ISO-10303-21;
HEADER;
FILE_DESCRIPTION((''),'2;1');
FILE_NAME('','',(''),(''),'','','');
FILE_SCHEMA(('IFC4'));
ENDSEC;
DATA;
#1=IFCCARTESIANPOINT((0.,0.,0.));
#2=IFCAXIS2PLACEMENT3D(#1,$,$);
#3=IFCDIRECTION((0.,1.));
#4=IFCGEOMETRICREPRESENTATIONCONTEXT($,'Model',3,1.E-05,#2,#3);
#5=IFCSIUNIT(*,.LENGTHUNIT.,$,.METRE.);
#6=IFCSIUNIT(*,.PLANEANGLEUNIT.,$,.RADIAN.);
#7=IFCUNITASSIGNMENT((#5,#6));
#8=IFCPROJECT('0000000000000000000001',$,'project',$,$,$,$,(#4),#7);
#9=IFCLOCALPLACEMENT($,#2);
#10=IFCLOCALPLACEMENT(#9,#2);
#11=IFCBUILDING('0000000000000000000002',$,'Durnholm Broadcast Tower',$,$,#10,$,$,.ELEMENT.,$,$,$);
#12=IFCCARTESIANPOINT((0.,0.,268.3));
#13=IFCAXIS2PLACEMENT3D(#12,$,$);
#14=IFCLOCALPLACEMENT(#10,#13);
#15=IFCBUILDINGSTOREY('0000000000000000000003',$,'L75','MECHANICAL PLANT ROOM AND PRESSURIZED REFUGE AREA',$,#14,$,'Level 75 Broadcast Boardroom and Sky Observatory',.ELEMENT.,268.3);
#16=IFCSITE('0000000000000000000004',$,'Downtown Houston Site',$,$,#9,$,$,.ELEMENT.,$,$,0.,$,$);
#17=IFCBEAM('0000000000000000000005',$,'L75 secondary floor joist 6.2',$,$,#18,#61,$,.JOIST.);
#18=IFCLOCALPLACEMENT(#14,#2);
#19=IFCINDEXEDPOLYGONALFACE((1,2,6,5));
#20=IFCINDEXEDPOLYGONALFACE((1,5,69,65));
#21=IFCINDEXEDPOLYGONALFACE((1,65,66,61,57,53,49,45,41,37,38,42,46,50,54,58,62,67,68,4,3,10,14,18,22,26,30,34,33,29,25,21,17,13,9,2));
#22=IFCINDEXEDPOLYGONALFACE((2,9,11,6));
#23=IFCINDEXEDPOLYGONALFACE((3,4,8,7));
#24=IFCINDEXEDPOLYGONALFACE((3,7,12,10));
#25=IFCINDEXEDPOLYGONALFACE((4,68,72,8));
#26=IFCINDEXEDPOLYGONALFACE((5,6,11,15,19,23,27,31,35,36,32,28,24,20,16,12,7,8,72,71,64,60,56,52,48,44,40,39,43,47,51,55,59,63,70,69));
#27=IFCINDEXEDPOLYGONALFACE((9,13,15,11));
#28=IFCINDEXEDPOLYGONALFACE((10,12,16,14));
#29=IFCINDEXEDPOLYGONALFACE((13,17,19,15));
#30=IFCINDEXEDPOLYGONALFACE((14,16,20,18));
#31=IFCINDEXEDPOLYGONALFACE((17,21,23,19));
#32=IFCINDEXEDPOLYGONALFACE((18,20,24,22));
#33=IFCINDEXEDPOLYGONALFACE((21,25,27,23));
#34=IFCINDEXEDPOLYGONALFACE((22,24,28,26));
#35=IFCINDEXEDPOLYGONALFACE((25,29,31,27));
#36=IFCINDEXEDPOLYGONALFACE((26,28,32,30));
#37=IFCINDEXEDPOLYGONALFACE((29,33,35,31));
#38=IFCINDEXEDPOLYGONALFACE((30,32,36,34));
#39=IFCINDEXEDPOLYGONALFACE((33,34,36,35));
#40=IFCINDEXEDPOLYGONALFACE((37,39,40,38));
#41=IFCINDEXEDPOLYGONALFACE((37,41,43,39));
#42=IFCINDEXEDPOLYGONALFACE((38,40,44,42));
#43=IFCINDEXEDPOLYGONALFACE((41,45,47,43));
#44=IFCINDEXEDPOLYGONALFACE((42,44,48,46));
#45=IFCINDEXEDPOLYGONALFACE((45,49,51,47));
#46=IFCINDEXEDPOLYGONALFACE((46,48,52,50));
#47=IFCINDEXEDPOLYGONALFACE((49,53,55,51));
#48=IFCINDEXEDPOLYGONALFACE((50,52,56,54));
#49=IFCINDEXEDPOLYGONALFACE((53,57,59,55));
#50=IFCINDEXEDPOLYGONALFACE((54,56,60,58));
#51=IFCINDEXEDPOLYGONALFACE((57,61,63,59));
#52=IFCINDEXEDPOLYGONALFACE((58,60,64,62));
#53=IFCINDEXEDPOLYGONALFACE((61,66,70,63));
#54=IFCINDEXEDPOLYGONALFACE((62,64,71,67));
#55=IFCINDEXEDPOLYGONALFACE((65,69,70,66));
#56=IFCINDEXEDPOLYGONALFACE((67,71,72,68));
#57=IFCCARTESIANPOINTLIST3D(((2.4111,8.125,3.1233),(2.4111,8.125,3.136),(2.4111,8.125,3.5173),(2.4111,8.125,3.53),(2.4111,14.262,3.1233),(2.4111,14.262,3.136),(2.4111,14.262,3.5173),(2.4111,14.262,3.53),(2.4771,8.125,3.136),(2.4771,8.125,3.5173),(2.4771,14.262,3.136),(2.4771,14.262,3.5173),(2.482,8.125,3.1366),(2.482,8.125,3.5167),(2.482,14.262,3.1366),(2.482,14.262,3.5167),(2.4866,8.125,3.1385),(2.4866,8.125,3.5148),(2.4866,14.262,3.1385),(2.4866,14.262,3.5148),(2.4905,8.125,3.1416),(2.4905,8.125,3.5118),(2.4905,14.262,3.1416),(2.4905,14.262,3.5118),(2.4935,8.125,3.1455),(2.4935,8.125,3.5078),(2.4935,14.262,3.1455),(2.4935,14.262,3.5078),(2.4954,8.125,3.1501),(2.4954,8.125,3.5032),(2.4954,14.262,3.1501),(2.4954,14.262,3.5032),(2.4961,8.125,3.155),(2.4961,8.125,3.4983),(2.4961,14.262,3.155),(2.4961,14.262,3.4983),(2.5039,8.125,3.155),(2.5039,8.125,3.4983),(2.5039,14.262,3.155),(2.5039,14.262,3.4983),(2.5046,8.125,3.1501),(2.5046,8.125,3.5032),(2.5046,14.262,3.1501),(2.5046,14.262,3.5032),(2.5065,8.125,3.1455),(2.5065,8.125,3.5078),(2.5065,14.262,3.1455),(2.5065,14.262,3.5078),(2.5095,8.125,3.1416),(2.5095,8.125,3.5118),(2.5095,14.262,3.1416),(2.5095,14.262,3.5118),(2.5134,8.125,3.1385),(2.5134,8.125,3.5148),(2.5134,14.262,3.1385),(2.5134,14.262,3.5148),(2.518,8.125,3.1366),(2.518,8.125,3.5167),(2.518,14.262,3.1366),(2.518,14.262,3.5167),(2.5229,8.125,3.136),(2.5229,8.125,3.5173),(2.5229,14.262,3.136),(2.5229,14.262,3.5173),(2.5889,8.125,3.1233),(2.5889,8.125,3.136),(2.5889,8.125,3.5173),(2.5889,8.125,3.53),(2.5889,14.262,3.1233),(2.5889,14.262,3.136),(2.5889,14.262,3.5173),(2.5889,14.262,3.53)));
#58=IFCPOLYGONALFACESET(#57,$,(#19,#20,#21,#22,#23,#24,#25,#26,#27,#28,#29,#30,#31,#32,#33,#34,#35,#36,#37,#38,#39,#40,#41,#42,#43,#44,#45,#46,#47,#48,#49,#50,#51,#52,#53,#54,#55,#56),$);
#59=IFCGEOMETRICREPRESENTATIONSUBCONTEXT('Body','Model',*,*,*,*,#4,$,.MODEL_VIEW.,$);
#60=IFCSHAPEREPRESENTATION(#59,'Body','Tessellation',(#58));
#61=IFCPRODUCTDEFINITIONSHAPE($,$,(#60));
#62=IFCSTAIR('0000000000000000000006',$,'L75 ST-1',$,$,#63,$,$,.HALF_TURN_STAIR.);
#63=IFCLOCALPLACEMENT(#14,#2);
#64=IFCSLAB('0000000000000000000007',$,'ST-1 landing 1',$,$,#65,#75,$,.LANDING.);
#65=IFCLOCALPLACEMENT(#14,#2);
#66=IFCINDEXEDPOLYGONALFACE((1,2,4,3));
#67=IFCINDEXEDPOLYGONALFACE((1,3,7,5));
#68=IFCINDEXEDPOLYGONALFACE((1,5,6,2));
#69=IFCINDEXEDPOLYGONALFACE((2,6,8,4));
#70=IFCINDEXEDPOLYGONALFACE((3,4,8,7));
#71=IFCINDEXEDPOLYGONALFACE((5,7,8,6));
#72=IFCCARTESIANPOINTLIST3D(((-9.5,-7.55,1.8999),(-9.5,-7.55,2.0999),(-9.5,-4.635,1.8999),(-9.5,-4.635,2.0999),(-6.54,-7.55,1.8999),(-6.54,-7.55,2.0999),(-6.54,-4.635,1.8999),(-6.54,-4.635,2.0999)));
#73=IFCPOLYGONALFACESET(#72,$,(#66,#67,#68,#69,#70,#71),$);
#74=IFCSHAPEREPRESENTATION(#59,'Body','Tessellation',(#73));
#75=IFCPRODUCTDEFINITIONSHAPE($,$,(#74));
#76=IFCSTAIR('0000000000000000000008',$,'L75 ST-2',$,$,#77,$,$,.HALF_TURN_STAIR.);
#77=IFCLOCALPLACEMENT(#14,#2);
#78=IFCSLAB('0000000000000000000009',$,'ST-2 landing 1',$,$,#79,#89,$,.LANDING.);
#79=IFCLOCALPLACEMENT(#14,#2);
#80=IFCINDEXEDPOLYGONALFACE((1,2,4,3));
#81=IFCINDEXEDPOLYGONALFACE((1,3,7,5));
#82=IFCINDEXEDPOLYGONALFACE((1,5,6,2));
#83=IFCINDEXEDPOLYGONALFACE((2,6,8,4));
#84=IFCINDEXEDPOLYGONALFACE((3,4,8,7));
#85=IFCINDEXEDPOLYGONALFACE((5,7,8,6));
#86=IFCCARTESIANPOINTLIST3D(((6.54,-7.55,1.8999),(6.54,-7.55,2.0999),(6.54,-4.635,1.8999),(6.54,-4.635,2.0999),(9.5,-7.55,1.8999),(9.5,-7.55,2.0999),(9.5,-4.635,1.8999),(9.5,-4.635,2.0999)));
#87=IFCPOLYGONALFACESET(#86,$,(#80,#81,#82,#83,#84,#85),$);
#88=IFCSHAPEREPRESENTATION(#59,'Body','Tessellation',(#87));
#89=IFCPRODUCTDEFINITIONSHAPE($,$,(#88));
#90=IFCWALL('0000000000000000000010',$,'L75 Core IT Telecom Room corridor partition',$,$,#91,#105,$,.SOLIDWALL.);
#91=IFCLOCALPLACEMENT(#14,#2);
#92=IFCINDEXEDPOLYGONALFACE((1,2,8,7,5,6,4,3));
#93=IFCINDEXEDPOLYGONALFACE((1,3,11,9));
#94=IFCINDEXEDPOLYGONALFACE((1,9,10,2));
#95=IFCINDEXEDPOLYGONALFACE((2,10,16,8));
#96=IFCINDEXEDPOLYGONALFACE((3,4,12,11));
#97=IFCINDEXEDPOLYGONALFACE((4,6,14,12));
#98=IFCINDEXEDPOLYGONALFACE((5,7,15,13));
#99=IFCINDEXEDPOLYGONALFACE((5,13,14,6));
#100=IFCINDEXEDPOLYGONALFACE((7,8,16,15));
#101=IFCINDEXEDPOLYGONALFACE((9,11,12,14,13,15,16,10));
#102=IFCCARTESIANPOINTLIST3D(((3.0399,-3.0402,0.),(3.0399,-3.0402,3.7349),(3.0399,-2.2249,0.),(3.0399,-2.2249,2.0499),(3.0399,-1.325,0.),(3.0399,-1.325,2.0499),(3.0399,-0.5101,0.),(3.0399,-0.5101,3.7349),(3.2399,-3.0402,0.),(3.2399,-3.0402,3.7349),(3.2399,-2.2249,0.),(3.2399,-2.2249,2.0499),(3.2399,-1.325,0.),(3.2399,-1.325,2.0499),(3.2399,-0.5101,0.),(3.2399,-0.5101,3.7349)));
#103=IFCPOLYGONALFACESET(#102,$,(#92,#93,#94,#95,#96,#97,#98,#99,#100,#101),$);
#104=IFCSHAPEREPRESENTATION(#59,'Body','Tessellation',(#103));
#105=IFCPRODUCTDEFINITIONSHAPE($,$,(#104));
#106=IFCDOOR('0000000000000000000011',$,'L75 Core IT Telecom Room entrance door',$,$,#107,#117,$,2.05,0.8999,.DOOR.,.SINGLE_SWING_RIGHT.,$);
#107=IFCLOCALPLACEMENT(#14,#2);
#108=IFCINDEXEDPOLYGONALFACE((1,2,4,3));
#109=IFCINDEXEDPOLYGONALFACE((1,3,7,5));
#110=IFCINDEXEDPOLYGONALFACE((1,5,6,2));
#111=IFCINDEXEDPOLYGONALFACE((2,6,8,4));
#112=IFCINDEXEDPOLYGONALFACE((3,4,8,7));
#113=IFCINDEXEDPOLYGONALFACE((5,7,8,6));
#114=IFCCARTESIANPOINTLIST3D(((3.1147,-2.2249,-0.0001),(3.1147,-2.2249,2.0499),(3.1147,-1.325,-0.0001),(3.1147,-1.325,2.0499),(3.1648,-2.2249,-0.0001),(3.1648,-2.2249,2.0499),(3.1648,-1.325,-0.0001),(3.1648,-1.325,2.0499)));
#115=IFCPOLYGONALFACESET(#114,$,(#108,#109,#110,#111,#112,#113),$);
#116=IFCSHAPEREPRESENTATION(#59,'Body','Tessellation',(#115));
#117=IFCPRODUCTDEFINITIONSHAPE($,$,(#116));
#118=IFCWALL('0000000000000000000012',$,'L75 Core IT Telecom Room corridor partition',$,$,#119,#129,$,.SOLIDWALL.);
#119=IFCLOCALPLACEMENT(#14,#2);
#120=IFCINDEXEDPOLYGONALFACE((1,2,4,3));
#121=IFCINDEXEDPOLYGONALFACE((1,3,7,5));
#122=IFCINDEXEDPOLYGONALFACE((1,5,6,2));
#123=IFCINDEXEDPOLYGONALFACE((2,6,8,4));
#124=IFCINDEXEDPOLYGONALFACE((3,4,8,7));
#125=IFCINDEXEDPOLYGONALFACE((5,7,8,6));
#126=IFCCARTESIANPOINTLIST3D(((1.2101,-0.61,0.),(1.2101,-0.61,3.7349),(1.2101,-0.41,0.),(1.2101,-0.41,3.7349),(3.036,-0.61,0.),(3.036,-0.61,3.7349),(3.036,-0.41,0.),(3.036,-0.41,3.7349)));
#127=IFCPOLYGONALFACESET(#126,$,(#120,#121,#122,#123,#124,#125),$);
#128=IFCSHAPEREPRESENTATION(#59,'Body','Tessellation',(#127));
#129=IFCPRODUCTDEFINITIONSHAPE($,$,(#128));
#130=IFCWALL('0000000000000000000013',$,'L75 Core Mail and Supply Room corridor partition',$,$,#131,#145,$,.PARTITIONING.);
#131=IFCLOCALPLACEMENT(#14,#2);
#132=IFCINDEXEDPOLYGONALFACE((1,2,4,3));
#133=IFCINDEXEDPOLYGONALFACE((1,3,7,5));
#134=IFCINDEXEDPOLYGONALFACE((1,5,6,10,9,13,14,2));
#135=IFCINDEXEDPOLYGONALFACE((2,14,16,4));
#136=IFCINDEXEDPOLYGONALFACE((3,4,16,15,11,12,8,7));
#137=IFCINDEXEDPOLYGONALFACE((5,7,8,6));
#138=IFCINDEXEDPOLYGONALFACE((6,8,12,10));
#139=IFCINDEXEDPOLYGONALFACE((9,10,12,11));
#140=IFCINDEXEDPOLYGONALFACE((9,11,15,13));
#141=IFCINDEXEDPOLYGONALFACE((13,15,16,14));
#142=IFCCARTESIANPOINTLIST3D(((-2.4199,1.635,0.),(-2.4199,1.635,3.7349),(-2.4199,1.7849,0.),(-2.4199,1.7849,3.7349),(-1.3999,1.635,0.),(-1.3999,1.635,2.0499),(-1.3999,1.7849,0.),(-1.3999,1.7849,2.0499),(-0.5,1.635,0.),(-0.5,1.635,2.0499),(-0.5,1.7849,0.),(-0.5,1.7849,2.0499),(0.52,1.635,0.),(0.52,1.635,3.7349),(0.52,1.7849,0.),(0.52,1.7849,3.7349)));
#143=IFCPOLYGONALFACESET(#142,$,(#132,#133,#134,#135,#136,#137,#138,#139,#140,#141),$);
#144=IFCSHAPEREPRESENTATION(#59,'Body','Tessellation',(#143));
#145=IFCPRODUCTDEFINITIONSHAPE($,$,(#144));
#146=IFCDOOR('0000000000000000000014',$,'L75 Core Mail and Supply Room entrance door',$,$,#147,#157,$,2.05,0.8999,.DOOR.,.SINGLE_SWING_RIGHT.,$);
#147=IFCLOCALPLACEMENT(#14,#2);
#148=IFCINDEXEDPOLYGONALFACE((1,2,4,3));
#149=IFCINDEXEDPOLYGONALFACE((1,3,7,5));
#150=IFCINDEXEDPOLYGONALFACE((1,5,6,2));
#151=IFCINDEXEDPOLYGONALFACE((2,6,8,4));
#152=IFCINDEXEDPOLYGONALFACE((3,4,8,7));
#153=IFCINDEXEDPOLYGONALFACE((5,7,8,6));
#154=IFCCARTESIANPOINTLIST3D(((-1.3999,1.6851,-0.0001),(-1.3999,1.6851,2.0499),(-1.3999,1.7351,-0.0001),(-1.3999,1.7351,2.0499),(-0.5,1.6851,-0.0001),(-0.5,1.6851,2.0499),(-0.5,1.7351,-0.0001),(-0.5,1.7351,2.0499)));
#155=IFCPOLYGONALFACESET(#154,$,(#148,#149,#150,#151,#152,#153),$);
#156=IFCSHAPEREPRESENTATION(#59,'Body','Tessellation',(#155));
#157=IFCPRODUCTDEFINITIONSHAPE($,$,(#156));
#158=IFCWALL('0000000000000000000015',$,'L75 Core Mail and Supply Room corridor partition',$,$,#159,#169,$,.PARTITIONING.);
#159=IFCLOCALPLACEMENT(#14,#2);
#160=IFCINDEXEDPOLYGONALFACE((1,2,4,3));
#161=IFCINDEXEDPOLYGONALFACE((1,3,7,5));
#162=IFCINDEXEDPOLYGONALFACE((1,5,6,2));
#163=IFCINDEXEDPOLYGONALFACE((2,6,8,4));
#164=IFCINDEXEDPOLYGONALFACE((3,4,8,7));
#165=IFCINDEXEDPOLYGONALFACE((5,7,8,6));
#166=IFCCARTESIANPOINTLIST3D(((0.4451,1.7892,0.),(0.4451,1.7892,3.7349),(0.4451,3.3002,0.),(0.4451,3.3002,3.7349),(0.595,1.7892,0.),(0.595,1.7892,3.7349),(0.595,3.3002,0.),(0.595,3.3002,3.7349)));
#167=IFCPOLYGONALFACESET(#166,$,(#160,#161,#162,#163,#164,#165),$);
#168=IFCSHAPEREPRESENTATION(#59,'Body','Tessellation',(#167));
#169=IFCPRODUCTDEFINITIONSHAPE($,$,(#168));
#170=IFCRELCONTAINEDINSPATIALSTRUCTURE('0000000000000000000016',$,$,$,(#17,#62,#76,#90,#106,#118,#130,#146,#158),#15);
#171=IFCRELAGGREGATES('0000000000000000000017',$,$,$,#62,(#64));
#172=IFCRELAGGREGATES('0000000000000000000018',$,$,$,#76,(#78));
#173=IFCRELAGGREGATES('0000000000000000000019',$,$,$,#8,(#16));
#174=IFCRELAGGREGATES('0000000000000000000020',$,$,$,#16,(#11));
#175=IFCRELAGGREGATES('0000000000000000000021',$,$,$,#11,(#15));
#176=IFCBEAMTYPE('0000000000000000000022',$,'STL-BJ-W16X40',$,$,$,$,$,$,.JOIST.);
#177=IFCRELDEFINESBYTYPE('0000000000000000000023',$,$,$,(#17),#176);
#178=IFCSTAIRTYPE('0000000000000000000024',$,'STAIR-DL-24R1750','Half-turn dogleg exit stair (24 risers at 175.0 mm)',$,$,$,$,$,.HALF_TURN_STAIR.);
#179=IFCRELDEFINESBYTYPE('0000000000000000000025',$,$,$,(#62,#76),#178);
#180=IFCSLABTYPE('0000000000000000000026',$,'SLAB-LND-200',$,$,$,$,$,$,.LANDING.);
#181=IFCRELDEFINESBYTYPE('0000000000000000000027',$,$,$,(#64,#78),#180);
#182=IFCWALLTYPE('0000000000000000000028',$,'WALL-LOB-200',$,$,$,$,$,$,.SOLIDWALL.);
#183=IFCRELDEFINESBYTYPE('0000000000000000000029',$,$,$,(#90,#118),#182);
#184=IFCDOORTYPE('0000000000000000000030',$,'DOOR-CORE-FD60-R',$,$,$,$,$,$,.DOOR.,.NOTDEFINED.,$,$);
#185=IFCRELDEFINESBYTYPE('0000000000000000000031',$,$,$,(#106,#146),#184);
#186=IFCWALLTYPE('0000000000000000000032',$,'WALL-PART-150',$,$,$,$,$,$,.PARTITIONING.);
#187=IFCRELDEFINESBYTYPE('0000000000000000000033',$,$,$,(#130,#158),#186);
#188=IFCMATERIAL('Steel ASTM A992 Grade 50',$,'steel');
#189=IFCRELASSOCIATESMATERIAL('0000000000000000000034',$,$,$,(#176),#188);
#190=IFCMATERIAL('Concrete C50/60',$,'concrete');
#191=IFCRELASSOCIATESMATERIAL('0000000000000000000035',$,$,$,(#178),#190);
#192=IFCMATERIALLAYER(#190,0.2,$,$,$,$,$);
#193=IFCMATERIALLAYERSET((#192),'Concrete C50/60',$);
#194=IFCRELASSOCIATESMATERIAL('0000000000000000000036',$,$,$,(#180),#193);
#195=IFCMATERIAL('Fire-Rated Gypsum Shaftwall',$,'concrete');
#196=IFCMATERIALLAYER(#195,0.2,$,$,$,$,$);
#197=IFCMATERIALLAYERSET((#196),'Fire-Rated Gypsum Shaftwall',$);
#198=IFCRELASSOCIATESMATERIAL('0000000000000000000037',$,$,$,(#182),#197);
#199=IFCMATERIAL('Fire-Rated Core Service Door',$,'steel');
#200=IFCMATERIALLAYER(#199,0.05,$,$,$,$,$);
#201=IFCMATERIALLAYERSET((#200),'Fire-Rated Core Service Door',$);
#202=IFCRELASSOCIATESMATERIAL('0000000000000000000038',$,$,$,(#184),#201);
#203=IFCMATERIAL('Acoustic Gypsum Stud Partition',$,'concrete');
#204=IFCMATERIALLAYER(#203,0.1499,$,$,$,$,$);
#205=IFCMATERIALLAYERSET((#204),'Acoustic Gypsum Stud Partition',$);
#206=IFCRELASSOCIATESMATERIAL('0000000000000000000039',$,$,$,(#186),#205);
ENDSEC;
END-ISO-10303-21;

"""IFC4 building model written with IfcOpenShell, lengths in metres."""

from ifc_helpers import new_model, si_unit, direction, frame, frame_2d, origin, origin_2d, place, context, subcontext, project, spatial, polyline, rectangle, i_section, outline, extrude, source, transform, mapped, material, layer, layer_set, material_profile, profile_set, type_object, type_shapes, element, fill, aggregate, save


model = new_model("IFC4")

# Units and contexts
model_context = context("Model", 3, precision=1e-05, world=origin(), true_north=direction((0.0, 1.0)))
body_context = subcontext(model_context, "Body", "Model", "MODEL_VIEW")
ifc_project = project(units=[si_unit("LENGTHUNIT", "METRE"), si_unit("PLANEANGLEUNIT", "RADIAN")], contexts=[model_context])

# Site, building, storey
site_placement = place(None, origin())
site = spatial("IfcSite", under=ifc_project, at=site_placement, Name="Downtown Houston Site", CompositionType="ELEMENT", RefElevation=0.0)
building_placement = place(site_placement, origin())
building = spatial("IfcBuilding", under=site, at=building_placement, Name="Durnholm Broadcast Tower", CompositionType="ELEMENT")
storey_placement = place(building_placement, frame((0.0, 0.0, 268.3)))
storey = spatial("IfcBuildingStorey", under=building, at=storey_placement, Name="L75", Description="MECHANICAL PLANT ROOM AND PRESSURIZED REFUGE AREA", LongName="Level 75 Broadcast Boardroom and Sky Observatory", CompositionType="ELEMENT", Elevation=268.3)

# Beam
ifc_material_1 = material(Name="Steel ASTM A992 Grade 50", Category="steel")
ifc_material_profile = material_profile(ifc_material_1, i_section(OverallWidth=0.1777, OverallDepth=0.4067, WebThickness=0.0078, FlangeThickness=0.0127, FilletRadius=0.019, at=origin_2d()), Name="W16X40")
ifc_profile_set = profile_set([ifc_material_profile], Name="Steel ASTM A992 Grade 50")
beam_type = type_object("IfcBeamType", Name="STL-BJ-W16X40", PredefinedType="JOIST", material=ifc_profile_set)
shared_shape_1 = source(origin(), body_context, "Body", "SweptSolid", [
    extrude(i_section(OverallWidth=0.1777, OverallDepth=0.4067, WebThickness=0.0078, FlangeThickness=0.0127, FilletRadius=0.019, at=origin_2d()), origin(), (0.0, 0.0, 1.0), 6.137),
])
type_shapes(beam_type, [shared_shape_1])
beam_placement = place(storey_placement, frame((2.5, 8.125, 3.3267), z_axis=(0.0, 1.0, 0.0), x_axis=(-1.0, 0.0, 0.0)))
element("IfcBeam", 1, at=beam_placement, inside=storey, type_object=beam_type, Name="L75 secondary floor joist 6.2", PredefinedType="JOIST", context=body_context, shape_type="MappedRepresentation", body=[
    mapped(shared_shape_1, transform((0.0, 0.0, 0.0), x_axis=(1.0, 0.0, 0.0), y_axis=(0.0, 1.0, 0.0), z_axis=(0.0, 0.0, 1.0), scale=1.0)),
])

# Stairs, slabs
ifc_material_2 = material(Name="Concrete C50/60", Category="concrete")
stair_type = type_object("IfcStairType", Name="STAIR-DL-24R1750", Description="Half-turn dogleg exit stair (24 risers at 175.0 mm)", PredefinedType="HALF_TURN_STAIR", material=ifc_material_2)
stair_1_placement = place(storey_placement, origin())
stair_1 = element("IfcStair", 2, at=stair_1_placement, inside=storey, type_object=stair_type, Name="L75 ST-1", PredefinedType="HALF_TURN_STAIR")
ifc_layer_1 = layer(ifc_material_2, 0.2)
ifc_layer_set_1 = layer_set([ifc_layer_1], Name="Concrete C50/60")
slab_type = type_object("IfcSlabType", Name="SLAB-LND-200", PredefinedType="LANDING", material=ifc_layer_set_1)
slab_1_placement = place(storey_placement, frame((0.0, 0.0, 1.8999)))
slab_1 = element("IfcSlab", 3, at=slab_1_placement, type_object=slab_type, Name="ST-1 landing 1", PredefinedType="LANDING", context=body_context, shape_type="SweptSolid", body=[
    extrude(outline(polyline([(-9.5, -4.635), (-9.5, -7.55), (-6.54, -7.55), (-6.54, -4.635), (-9.5, -4.635)])), origin(), (0.0, 0.0, 1.0), 0.2),
])
aggregate(stair_1, [slab_1])
stair_2_placement = place(storey_placement, origin())
stair_2 = element("IfcStair", 4, at=stair_2_placement, inside=storey, type_object=stair_type, Name="L75 ST-2", PredefinedType="HALF_TURN_STAIR")
slab_2_placement = place(storey_placement, frame((0.0, 0.0, 1.8999)))
slab_2 = element("IfcSlab", 5, at=slab_2_placement, type_object=slab_type, Name="ST-2 landing 1", PredefinedType="LANDING", context=body_context, shape_type="SweptSolid", body=[
    extrude(outline(polyline([(6.54, -4.635), (6.54, -7.55), (9.5, -7.55), (9.5, -4.635), (6.54, -4.635)])), origin(), (0.0, 0.0, 1.0), 0.2),
])
aggregate(stair_2, [slab_2])

# Wall, opening, door
ifc_material_3 = material(Name="Fire-Rated Gypsum Shaftwall", Category="concrete")
ifc_layer_2 = layer(ifc_material_3, 0.2)
ifc_layer_set_2 = layer_set([ifc_layer_2], Name="Fire-Rated Gypsum Shaftwall")
wall_type_1 = type_object("IfcWallType", Name="WALL-LOB-200", PredefinedType="SOLIDWALL", material=ifc_layer_set_2)
wall_1_placement = place(storey_placement, frame((3.1399, -0.51, 0.0), z_axis=(0.0, 0.0, 1.0), x_axis=(0.0, -1.0, 0.0)))
wall_1 = element("IfcWall", 6, at=wall_1_placement, inside=storey, type_object=wall_type_1, Name="L75 Core IT Telecom Room corridor partition", PredefinedType="SOLIDWALL", context=body_context, shape_type="SweptSolid", body=[
    extrude(rectangle(XDim=2.53, YDim=0.2, at=frame_2d((1.2651, 0.0))), origin(), (0.0, 0.0, 1.0), 3.7349),
])
opening_1_placement = place(wall_1_placement, frame((0.8149, 0.0, 0.0)))
opening_1 = element("IfcOpeningElement", 7, at=opening_1_placement, cuts=wall_1, PredefinedType="OPENING", context=body_context, shape_type="SweptSolid", body=[
    extrude(rectangle(XDim=0.8999, YDim=2.05, at=frame_2d((0.45, 1.0249))), frame((0.0, 0.1099, 0.0), z_axis=(0.0, -1.0, 0.0), x_axis=(1.0, 0.0, 0.0)), (0.0, 0.0, 1.0), 0.22),
])
ifc_material_4 = material(Name="Fire-Rated Core Service Door", Category="steel")
ifc_layer_3 = layer(ifc_material_4, 0.05)
ifc_layer_set_3 = layer_set([ifc_layer_3], Name="Fire-Rated Core Service Door")
door_type_1 = type_object("IfcDoorType", Name="DOOR-CORE-FD60-R", OperationType="NOTDEFINED", PredefinedType="DOOR", material=ifc_layer_set_3)
shared_shape_2 = source(origin(), body_context, "Body", "SweptSolid", [
    extrude(rectangle(XDim=0.8999, YDim=2.05, at=frame_2d((0.45, 1.0249))), frame((0.0, 0.0249, 0.0), z_axis=(0.0, -1.0, 0.0), x_axis=(1.0, 0.0, 0.0)), (0.0, 0.0, 1.0), 0.05),
])
type_shapes(door_type_1, [shared_shape_2])
door_1_placement = place(opening_1_placement, origin())
door_1 = element("IfcDoor", 8, at=door_1_placement, inside=storey, type_object=door_type_1, Name="L75 Core IT Telecom Room entrance door", OperationType="SINGLE_SWING_RIGHT", OverallHeight=2.05, OverallWidth=0.8999, PredefinedType="DOOR", context=body_context, shape_type="MappedRepresentation", body=[
    mapped(shared_shape_2, transform((0.0, 0.0, 0.0), x_axis=(1.0, 0.0, 0.0), y_axis=(0.0, 1.0, 0.0), z_axis=(0.0, 0.0, 1.0), scale=1.0)),
])
fill(opening_1, door_1)

# Wall
wall_2_placement = place(storey_placement, frame((1.21, -0.51, 0.0), z_axis=(0.0, 0.0, 1.0), x_axis=(1.0, 0.0, 0.0)))
element("IfcWall", 9, at=wall_2_placement, inside=storey, type_object=wall_type_1, Name="L75 Core IT Telecom Room corridor partition", PredefinedType="SOLIDWALL", context=body_context, shape_type="SweptSolid", body=[
    extrude(rectangle(XDim=1.8259, YDim=0.2, at=frame_2d((0.9131, 0.0))), origin(), (0.0, 0.0, 1.0), 3.7349),
])

# Wall, opening, door
ifc_material_5 = material(Name="Acoustic Gypsum Stud Partition", Category="concrete")
ifc_layer_4 = layer(ifc_material_5, 0.1499)
ifc_layer_set_4 = layer_set([ifc_layer_4], Name="Acoustic Gypsum Stud Partition")
wall_type_2 = type_object("IfcWallType", Name="WALL-PART-150", PredefinedType="PARTITIONING", material=ifc_layer_set_4)
wall_3_placement = place(storey_placement, frame((0.52, 1.71, 0.0), z_axis=(0.0, 0.0, 1.0), x_axis=(-1.0, 0.0, 0.0)))
wall_3 = element("IfcWall", 10, at=wall_3_placement, inside=storey, type_object=wall_type_2, Name="L75 Core Mail and Supply Room corridor partition", PredefinedType="PARTITIONING", context=body_context, shape_type="SweptSolid", body=[
    extrude(rectangle(XDim=2.9399, YDim=0.1499, at=frame_2d((1.47, 0.0))), origin(), (0.0, 0.0, 1.0), 3.7349),
])
opening_2_placement = place(wall_3_placement, frame((1.02, 0.0, 0.0)))
opening_2 = element("IfcOpeningElement", 11, at=opening_2_placement, cuts=wall_3, PredefinedType="OPENING", context=body_context, shape_type="SweptSolid", body=[
    extrude(rectangle(XDim=0.8999, YDim=2.05, at=frame_2d((0.45, 1.0249))), frame((0.0, 0.085, 0.0), z_axis=(0.0, -1.0, 0.0), x_axis=(1.0, 0.0, 0.0)), (0.0, 0.0, 1.0), 0.1699),
])
door_2_placement = place(opening_2_placement, origin())
door_2 = element("IfcDoor", 12, at=door_2_placement, inside=storey, type_object=door_type_1, Name="L75 Core Mail and Supply Room entrance door", OperationType="SINGLE_SWING_RIGHT", OverallHeight=2.05, OverallWidth=0.8999, PredefinedType="DOOR", context=body_context, shape_type="MappedRepresentation", body=[
    mapped(shared_shape_2, transform((0.0, 0.0, 0.0), x_axis=(1.0, 0.0, 0.0), y_axis=(0.0, 1.0, 0.0), z_axis=(0.0, 0.0, 1.0), scale=1.0)),
])
fill(opening_2, door_2)

# Wall
wall_4_placement = place(storey_placement, frame((0.52, 3.3, 0.0), z_axis=(0.0, 0.0, 1.0), x_axis=(0.0, -1.0, 0.0)))
element("IfcWall", 13, at=wall_4_placement, inside=storey, type_object=wall_type_2, Name="L75 Core Mail and Supply Room corridor partition", PredefinedType="PARTITIONING", context=body_context, shape_type="SweptSolid", body=[
    extrude(rectangle(XDim=1.511, YDim=0.1499, at=frame_2d((0.7554, 0.0))), origin(), (0.0, 0.0, 1.0), 3.7349),
])

save(model, "model.ifc")
